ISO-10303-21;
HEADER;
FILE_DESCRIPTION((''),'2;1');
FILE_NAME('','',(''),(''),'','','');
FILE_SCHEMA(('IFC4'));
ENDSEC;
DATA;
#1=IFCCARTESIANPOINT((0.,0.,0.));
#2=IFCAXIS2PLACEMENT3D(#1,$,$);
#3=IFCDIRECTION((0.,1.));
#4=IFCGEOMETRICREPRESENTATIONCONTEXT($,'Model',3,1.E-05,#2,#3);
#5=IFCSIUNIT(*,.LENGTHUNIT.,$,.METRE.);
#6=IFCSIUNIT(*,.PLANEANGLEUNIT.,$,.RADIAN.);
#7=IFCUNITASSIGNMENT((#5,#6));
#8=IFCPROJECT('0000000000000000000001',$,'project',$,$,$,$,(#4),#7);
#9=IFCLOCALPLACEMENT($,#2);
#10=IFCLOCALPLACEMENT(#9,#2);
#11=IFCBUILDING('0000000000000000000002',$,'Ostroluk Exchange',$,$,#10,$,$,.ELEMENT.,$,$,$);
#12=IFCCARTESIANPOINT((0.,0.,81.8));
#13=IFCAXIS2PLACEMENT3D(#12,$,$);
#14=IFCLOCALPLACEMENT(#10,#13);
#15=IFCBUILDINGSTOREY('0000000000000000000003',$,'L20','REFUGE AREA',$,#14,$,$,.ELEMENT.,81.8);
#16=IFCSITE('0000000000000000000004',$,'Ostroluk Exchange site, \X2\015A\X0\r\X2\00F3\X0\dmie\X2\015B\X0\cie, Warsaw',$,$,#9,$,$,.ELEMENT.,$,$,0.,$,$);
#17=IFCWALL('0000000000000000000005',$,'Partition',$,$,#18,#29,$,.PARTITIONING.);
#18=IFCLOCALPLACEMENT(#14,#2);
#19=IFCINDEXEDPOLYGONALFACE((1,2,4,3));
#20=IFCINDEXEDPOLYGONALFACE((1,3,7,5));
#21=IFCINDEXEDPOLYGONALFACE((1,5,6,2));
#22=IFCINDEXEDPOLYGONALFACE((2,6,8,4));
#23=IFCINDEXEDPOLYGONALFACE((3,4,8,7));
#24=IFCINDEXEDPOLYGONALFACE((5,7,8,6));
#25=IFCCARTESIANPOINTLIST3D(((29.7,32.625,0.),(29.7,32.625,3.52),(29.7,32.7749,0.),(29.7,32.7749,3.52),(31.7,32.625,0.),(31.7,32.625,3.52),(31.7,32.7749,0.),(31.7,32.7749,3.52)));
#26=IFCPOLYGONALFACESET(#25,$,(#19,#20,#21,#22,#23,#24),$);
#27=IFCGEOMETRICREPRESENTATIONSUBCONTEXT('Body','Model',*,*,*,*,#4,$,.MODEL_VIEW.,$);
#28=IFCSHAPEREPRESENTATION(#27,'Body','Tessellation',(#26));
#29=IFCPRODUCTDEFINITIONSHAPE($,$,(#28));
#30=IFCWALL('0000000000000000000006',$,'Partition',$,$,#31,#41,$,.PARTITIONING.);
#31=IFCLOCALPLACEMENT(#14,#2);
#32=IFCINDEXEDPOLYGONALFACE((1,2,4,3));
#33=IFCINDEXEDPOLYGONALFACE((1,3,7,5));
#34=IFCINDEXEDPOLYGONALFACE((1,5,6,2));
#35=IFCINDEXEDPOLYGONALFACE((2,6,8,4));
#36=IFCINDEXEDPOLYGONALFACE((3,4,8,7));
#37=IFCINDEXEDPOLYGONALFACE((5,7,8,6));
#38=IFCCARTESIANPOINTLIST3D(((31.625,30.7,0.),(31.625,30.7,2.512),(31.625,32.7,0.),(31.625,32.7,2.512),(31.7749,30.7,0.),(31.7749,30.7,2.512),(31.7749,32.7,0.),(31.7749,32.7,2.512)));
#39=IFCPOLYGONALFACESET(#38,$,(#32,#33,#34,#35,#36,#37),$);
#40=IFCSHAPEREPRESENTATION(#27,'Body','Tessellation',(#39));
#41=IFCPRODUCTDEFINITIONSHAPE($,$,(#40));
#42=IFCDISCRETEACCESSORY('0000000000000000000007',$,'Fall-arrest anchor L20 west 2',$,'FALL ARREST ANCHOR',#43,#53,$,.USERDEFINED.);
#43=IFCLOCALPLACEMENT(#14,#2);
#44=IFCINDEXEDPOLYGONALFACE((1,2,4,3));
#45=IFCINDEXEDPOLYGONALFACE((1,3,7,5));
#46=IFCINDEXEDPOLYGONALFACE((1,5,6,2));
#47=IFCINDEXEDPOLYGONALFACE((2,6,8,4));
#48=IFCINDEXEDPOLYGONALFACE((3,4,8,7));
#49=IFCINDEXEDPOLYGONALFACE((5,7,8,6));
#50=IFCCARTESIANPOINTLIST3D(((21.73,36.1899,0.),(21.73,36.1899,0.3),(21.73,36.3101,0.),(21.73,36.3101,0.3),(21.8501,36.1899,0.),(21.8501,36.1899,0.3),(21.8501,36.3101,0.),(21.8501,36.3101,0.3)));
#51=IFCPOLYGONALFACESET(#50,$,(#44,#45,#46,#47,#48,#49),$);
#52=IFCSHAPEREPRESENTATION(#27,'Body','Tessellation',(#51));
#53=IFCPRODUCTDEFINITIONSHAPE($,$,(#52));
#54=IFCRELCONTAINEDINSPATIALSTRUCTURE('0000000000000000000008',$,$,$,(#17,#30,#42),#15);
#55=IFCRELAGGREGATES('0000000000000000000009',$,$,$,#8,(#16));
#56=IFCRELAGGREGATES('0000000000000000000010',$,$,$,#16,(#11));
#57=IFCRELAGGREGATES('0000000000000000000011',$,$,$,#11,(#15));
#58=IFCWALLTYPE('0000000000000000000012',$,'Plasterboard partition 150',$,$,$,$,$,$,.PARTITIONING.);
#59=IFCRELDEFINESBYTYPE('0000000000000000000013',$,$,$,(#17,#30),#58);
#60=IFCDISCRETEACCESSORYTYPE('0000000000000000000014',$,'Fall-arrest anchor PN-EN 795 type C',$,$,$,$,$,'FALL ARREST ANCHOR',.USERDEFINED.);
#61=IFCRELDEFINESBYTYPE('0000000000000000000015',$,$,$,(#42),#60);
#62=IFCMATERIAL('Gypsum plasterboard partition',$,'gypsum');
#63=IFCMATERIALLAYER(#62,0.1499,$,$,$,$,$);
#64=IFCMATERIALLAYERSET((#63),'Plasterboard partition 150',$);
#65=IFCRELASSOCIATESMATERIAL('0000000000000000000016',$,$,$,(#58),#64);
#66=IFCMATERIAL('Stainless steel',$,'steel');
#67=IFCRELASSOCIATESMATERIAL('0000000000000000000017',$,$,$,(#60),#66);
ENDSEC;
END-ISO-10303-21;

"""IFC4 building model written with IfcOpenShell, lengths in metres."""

from ifc_helpers import new_model, si_unit, direction, frame, frame_2d, origin, origin_2d, place, context, subcontext, project, spatial, rectangle, extrude, material, layer, layer_set, type_object, element, save


model = new_model("IFC4")

# Units and contexts
model_context = context("Model", 3, precision=1e-05, world=origin(), true_north=direction((0.0, 1.0)))
body_context = subcontext(model_context, "Body", "Model", "MODEL_VIEW")
ifc_project = project(units=[si_unit("LENGTHUNIT", "METRE"), si_unit("PLANEANGLEUNIT", "RADIAN")], contexts=[model_context])

# Site, building, storey
site_placement = place(None, origin())
site = spatial("IfcSite", under=ifc_project, at=site_placement, Name="Ostroluk Exchange site, Śródmieście, Warsaw", CompositionType="ELEMENT", RefElevation=0.0)
building_placement = place(site_placement, origin())
building = spatial("IfcBuilding", under=site, at=building_placement, Name="Ostroluk Exchange", CompositionType="ELEMENT")
storey_placement = place(building_placement, frame((0.0, 0.0, 81.8)))
storey = spatial("IfcBuildingStorey", under=building, at=storey_placement, Name="L20", Description="REFUGE AREA", CompositionType="ELEMENT", Elevation=81.8)

# Walls
ifc_material_1 = material(Name="Gypsum plasterboard partition", Category="gypsum")
ifc_layer_1 = layer(ifc_material_1, 0.1499)
ifc_layer_set_1 = layer_set([ifc_layer_1], Name="Plasterboard partition 150")
wall_type_1 = type_object("IfcWallType", Name="Plasterboard partition 150", PredefinedType="PARTITIONING", material=ifc_layer_set_1)
wall_1_placement = place(storey_placement, frame((31.7, 32.7, 0.0), z_axis=(0.0, 0.0, 1.0), x_axis=(-1.0, 0.0, 0.0)))
element("IfcWall", 1, at=wall_1_placement, inside=storey, type_object=wall_type_1, Name="Partition", PredefinedType="PARTITIONING", context=body_context, shape_type="SweptSolid", body=[
    extrude(rectangle(XDim=2.0, YDim=0.1499, at=frame_2d((1.0, 0.0))), origin(), (0.0, 0.0, 1.0), 3.52),
])
wall_2_placement = place(storey_placement, frame((31.7, 32.7, 0.0), z_axis=(0.0, 0.0, 1.0), x_axis=(0.0, -1.0, 0.0)))
element("IfcWall", 2, at=wall_2_placement, inside=storey, type_object=wall_type_1, Name="Partition", PredefinedType="PARTITIONING", context=body_context, shape_type="SweptSolid", body=[
    extrude(rectangle(XDim=2.0, YDim=0.1499, at=frame_2d((1.0, 0.0))), origin(), (0.0, 0.0, 1.0), 2.512),
])

# Discrete accessory
ifc_material_2 = material(Name="Stainless steel", Category="steel")
discrete_accessory_type = type_object("IfcDiscreteAccessoryType", Name="Fall-arrest anchor PN-EN 795 type C", ElementType="FALL ARREST ANCHOR", PredefinedType="USERDEFINED", material=ifc_material_2)
discrete_accessory_placement = place(storey_placement, frame((21.79, 36.25, 0.0), z_axis=(0.0, 0.0, 1.0), x_axis=(1.0, 0.0, 0.0)))
element("IfcDiscreteAccessory", 3, at=discrete_accessory_placement, inside=storey, type_object=discrete_accessory_type, Name="Fall-arrest anchor L20 west 2", ObjectType="FALL ARREST ANCHOR", PredefinedType="USERDEFINED", context=body_context, shape_type="SweptSolid", body=[
    extrude(rectangle(XDim=0.1201, YDim=0.1201, at=origin_2d()), origin(), (0.0, 0.0, 1.0), 0.3),
])

save(model, "model.ifc")
